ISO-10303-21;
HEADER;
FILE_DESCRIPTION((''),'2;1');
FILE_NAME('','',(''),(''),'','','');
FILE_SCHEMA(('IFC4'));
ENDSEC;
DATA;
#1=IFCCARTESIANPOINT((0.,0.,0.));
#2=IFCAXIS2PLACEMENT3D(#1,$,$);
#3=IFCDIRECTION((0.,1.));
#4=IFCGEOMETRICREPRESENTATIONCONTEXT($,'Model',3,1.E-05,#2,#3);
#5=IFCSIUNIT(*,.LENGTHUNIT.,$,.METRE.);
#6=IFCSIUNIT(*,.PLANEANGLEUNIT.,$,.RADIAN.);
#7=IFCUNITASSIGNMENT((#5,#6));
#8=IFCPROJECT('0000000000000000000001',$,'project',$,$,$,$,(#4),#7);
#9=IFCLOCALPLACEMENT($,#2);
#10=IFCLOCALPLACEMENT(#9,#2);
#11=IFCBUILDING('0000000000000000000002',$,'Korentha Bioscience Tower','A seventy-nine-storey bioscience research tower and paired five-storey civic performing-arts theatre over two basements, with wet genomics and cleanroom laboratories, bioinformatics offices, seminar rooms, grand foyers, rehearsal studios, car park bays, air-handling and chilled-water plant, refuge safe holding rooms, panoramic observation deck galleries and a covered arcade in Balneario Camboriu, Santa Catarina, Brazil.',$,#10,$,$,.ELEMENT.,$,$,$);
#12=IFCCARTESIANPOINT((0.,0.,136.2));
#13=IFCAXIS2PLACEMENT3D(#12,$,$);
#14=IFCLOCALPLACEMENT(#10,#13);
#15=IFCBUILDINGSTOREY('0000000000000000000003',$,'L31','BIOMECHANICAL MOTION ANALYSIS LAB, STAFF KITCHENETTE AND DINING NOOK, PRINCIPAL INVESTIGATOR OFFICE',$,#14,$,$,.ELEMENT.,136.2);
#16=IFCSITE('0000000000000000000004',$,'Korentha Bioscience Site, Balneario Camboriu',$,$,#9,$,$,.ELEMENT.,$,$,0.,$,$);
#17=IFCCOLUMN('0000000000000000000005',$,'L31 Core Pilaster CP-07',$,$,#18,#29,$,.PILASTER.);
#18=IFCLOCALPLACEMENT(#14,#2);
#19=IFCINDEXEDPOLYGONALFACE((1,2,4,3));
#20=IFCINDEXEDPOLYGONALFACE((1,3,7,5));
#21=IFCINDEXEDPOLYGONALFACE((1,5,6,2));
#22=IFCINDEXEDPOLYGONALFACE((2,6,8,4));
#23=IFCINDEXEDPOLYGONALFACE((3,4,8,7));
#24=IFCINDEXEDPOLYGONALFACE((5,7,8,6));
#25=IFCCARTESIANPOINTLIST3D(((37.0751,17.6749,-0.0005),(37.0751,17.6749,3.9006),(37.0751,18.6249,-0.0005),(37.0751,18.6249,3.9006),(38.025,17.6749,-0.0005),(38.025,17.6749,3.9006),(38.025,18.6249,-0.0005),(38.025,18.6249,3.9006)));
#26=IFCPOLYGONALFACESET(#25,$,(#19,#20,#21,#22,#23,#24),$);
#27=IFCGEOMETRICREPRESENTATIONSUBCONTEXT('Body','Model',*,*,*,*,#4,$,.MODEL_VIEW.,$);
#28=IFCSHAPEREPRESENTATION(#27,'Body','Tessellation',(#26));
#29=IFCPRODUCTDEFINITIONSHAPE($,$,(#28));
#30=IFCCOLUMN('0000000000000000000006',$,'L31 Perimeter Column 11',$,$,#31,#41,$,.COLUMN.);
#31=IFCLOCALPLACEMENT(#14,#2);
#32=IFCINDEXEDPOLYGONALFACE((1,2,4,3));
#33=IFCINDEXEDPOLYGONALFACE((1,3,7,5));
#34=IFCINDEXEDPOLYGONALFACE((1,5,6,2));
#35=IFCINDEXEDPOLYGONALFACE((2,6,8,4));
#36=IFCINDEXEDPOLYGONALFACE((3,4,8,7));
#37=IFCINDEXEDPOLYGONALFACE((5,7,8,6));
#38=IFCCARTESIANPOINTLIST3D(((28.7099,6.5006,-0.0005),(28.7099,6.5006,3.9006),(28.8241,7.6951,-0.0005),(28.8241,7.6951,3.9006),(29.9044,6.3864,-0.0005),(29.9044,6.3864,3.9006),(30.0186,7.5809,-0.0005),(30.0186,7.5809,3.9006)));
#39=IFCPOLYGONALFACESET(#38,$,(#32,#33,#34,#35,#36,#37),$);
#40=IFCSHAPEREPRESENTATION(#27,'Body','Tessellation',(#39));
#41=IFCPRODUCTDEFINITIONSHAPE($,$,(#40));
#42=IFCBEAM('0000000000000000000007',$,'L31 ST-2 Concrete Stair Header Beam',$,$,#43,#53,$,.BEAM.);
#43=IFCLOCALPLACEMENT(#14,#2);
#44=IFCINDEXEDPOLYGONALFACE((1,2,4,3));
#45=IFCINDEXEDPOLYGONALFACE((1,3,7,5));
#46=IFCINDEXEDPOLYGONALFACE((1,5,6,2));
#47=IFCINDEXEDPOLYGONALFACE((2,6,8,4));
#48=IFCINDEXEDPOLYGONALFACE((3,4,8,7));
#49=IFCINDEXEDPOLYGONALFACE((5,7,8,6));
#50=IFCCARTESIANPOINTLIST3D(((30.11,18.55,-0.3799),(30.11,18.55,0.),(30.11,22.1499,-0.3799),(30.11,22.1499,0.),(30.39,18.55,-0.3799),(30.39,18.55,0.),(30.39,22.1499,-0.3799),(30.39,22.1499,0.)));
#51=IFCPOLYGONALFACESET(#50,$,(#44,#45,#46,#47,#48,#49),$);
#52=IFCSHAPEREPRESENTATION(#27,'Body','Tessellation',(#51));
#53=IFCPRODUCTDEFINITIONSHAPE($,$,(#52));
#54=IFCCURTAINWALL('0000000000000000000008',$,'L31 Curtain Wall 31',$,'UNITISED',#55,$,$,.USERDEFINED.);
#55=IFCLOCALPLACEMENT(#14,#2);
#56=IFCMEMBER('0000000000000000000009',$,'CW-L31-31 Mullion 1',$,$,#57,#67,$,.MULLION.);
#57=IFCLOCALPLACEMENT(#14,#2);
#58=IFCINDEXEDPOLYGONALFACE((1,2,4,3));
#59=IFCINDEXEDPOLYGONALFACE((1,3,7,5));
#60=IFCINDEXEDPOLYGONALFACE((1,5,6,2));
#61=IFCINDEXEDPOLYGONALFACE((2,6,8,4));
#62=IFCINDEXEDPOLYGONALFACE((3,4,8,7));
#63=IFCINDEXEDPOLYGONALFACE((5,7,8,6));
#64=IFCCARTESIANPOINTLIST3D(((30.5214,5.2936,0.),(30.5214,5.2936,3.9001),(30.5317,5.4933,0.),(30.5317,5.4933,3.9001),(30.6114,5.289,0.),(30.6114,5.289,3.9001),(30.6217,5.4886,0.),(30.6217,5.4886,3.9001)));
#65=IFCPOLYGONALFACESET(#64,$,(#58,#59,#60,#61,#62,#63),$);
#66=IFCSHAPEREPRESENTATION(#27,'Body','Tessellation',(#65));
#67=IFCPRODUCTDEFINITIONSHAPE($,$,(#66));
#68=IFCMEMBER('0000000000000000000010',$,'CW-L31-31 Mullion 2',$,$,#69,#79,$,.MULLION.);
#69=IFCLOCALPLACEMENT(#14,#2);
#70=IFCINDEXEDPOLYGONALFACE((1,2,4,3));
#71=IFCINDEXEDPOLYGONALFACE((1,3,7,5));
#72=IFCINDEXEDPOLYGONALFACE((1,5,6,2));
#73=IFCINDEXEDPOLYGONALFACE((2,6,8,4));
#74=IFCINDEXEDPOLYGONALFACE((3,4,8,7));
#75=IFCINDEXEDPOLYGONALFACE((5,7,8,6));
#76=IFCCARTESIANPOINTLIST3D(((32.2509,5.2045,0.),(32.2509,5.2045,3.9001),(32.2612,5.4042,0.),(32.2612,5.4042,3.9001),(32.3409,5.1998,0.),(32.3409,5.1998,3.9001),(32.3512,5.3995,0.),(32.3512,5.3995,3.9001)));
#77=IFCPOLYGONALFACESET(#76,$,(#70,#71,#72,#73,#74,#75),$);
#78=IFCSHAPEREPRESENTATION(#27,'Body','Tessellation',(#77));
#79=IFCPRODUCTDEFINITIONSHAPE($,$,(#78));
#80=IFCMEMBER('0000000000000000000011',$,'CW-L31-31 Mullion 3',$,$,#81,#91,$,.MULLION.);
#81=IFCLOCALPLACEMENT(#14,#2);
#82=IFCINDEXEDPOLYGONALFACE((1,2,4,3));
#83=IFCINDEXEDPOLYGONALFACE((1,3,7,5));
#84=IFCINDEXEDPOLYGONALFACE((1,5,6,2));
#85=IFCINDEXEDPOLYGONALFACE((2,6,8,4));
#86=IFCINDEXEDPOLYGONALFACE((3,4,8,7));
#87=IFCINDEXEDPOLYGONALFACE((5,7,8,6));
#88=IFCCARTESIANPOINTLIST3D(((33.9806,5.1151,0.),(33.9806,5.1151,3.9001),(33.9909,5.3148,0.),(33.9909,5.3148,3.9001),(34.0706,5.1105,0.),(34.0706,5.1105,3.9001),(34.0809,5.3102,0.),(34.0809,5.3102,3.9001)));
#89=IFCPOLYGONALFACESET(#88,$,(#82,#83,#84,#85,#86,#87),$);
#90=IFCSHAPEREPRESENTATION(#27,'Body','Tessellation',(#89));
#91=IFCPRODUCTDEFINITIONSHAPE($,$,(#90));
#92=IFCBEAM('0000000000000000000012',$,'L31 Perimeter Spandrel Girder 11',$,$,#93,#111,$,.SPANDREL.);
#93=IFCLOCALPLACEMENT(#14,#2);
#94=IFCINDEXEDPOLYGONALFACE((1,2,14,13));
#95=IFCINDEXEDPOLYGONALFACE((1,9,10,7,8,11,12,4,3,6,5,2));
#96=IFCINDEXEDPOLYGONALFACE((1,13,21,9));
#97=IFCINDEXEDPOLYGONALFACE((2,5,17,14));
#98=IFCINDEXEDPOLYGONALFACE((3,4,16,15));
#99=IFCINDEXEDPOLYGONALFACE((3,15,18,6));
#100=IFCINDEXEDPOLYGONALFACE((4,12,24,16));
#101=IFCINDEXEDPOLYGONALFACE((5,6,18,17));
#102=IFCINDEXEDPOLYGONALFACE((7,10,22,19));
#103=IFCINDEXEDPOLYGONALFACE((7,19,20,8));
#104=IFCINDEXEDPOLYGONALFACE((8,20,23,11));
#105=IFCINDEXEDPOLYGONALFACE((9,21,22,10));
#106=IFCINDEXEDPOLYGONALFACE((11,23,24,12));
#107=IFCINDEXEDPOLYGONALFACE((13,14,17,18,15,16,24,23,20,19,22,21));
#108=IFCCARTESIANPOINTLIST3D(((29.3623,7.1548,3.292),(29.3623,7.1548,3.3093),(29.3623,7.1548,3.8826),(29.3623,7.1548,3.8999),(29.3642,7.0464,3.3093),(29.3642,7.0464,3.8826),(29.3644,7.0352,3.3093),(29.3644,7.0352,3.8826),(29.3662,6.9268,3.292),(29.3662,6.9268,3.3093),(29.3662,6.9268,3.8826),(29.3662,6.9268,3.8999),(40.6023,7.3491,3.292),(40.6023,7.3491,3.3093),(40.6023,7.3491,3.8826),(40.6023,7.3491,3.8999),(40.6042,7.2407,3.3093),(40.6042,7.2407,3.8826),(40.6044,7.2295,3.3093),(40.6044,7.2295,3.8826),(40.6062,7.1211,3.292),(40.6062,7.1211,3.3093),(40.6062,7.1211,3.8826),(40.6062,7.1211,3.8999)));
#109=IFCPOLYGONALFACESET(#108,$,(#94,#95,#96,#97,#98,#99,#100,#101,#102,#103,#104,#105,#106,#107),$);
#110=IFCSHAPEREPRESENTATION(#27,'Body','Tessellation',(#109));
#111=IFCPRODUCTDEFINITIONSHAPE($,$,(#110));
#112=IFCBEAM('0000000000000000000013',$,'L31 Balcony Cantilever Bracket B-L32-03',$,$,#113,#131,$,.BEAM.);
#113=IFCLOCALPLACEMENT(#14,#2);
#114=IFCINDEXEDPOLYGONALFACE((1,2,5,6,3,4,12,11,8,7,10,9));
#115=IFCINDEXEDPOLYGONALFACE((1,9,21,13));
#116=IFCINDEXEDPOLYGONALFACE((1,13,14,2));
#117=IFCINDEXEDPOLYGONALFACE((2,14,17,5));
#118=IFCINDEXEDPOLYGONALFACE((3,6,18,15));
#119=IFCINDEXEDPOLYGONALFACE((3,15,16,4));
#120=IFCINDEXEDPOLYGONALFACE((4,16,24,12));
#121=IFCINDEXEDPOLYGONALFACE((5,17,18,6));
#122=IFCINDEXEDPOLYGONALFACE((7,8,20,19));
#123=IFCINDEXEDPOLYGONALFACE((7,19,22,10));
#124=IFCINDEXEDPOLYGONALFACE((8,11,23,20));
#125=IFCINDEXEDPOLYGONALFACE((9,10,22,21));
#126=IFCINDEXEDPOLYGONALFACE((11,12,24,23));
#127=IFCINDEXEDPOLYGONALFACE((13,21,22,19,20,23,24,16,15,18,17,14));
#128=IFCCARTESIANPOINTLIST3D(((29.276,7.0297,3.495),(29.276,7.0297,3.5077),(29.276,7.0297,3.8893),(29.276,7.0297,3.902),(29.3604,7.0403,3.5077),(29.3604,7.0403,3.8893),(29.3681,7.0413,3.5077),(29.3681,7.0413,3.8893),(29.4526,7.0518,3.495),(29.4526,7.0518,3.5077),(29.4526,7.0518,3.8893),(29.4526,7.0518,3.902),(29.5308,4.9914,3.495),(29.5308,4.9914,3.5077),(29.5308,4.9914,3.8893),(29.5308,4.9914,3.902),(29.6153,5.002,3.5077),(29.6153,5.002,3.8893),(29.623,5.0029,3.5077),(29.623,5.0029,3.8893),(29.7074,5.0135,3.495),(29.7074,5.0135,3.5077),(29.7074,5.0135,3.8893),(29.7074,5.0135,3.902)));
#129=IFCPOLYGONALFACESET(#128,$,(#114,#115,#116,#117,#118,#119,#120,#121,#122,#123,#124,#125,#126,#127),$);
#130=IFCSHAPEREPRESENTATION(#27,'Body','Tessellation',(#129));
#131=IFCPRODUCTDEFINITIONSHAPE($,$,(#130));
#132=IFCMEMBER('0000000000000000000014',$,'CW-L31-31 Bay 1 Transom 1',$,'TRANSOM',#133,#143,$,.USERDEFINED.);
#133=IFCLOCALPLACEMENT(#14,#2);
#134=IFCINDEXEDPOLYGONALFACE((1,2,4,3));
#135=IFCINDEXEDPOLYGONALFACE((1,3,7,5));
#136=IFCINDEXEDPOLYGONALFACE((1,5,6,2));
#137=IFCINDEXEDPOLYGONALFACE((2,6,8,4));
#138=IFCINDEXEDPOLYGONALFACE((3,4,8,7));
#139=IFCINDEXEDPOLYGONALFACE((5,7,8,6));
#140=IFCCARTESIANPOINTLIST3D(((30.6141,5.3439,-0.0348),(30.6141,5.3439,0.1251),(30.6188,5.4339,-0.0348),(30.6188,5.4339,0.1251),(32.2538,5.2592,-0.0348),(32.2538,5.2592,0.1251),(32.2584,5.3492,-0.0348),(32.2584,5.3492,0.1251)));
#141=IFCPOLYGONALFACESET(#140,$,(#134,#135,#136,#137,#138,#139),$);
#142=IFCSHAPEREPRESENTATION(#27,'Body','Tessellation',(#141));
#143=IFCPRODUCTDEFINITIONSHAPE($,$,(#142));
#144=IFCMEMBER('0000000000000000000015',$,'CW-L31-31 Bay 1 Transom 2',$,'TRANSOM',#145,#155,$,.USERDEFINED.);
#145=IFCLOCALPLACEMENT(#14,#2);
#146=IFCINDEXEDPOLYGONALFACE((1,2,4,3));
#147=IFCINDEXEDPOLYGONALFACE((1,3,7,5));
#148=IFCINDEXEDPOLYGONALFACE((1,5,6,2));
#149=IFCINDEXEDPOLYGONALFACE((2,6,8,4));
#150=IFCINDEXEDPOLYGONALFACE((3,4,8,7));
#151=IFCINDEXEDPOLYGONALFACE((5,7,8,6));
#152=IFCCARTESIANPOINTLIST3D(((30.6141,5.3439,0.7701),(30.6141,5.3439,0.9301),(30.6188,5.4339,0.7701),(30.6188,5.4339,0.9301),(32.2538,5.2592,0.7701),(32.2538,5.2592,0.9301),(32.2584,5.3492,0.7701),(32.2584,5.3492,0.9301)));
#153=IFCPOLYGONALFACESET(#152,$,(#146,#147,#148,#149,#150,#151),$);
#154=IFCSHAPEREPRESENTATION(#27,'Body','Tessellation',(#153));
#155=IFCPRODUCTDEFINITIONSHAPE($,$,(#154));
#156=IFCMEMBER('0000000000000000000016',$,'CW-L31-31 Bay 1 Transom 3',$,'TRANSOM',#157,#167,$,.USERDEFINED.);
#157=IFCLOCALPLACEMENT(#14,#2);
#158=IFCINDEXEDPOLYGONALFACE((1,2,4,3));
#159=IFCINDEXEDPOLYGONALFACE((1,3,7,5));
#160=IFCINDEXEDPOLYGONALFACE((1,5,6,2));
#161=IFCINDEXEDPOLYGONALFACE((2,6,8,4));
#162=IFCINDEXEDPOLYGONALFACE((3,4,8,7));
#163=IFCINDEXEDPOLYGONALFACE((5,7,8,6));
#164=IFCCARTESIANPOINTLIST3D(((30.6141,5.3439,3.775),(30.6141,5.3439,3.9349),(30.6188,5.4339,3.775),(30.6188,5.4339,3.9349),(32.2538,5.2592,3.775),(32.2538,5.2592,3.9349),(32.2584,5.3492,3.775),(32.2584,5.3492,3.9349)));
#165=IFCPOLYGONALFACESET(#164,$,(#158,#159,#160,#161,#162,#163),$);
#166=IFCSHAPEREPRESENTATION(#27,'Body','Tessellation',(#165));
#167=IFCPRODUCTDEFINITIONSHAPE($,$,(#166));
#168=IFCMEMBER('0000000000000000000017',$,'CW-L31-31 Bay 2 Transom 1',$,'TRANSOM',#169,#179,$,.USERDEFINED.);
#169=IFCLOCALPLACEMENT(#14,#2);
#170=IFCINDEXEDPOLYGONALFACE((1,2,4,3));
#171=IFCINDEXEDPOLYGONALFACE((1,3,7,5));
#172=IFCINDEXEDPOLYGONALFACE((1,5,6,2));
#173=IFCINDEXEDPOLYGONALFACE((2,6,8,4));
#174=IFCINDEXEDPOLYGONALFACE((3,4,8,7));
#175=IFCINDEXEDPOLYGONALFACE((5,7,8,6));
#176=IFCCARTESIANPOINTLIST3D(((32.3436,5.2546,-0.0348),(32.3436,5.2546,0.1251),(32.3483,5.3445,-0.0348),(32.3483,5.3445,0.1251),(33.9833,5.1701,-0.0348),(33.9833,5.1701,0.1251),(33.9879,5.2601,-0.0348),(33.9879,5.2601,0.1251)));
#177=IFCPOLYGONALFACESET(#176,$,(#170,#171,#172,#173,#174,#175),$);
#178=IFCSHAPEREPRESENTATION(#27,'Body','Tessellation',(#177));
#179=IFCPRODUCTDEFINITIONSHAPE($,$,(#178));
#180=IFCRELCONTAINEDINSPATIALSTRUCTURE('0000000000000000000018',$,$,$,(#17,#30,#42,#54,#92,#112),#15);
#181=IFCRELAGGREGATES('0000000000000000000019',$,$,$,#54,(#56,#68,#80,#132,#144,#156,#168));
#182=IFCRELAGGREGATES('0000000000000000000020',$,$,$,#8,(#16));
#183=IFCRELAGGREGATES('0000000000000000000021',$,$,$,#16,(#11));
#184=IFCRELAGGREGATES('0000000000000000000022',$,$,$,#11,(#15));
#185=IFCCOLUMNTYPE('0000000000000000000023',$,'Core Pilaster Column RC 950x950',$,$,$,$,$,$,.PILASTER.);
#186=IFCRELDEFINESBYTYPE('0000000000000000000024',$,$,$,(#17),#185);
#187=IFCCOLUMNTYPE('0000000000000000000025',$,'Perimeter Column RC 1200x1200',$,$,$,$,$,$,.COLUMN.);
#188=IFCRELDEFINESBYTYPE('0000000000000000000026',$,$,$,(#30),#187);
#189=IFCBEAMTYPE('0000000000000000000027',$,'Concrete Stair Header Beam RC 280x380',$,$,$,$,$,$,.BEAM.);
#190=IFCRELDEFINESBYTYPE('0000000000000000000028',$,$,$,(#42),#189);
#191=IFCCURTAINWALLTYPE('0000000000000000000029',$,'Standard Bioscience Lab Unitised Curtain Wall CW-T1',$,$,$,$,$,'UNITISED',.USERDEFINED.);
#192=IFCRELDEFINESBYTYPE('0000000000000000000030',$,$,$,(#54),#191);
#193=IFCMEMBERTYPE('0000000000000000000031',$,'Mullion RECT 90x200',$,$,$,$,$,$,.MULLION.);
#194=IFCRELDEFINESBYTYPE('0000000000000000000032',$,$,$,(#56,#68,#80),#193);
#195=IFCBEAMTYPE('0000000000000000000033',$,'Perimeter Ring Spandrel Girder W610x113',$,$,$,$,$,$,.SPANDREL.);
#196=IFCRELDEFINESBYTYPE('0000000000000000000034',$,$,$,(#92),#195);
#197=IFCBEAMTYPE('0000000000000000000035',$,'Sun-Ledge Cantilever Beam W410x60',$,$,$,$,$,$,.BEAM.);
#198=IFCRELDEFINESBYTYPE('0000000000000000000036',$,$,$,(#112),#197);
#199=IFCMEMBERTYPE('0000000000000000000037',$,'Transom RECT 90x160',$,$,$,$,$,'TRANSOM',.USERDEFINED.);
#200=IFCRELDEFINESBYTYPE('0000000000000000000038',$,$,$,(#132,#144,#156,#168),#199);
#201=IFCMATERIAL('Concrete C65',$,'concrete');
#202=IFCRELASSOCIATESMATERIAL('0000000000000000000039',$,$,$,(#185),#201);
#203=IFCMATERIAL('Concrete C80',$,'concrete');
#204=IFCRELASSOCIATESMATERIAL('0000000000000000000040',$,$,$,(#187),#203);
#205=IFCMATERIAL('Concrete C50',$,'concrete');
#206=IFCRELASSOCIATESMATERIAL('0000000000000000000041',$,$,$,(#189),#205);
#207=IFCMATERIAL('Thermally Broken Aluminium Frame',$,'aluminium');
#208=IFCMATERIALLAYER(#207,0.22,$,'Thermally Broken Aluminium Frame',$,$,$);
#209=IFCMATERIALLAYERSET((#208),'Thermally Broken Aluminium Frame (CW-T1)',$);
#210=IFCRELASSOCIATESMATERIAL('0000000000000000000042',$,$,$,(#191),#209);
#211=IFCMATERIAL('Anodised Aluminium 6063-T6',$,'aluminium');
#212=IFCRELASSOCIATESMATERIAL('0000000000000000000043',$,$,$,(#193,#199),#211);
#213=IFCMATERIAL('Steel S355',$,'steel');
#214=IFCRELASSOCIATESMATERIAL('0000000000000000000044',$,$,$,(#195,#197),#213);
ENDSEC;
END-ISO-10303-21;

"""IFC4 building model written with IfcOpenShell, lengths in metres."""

from ifc_helpers import new_model, si_unit, direction, frame, origin, origin_2d, place, context, subcontext, project, spatial, rectangle, i_section, extrude, material, layer, layer_set, material_profile, profile_set, type_object, element, aggregate, save


model = new_model("IFC4")

# Units and contexts
model_context = context("Model", 3, precision=1e-05, world=origin(), true_north=direction((0.0, 1.0)))
body_context = subcontext(model_context, "Body", "Model", "MODEL_VIEW")
ifc_project = project(units=[si_unit("LENGTHUNIT", "METRE"), si_unit("PLANEANGLEUNIT", "RADIAN")], contexts=[model_context])

# Site, building, storey
site_placement = place(None, origin())
site = spatial("IfcSite", under=ifc_project, at=site_placement, Name="Korentha Bioscience Site, Balneario Camboriu", CompositionType="ELEMENT", RefElevation=0.0)
building_placement = place(site_placement, origin())
building = spatial("IfcBuilding", under=site, at=building_placement, Name="Korentha Bioscience Tower", Description="A seventy-nine-storey bioscience research tower and paired five-storey civic performing-arts theatre over two basements, with wet genomics and cleanroom laboratories, bioinformatics offices, seminar rooms, grand foyers, rehearsal studios, car park bays, air-handling and chilled-water plant, refuge safe holding rooms, panoramic observation deck galleries and a covered arcade in Balneario Camboriu, Santa Catarina, Brazil.", CompositionType="ELEMENT")
storey_placement = place(building_placement, frame((0.0, 0.0, 136.2)))
storey = spatial("IfcBuildingStorey", under=building, at=storey_placement, Name="L31", Description="BIOMECHANICAL MOTION ANALYSIS LAB, STAFF KITCHENETTE AND DINING NOOK, PRINCIPAL INVESTIGATOR OFFICE", CompositionType="ELEMENT", Elevation=136.2)

# Columns
ifc_material_1 = material(Name="Concrete C65", Category="concrete")
ifc_material_profile_1 = material_profile(ifc_material_1, rectangle(XDim=0.95, YDim=0.95, at=origin_2d()), Name="Concrete C65")
ifc_profile_set_1 = profile_set([ifc_material_profile_1], Name="Concrete C65 (COL-CP09)")
column_type_1 = type_object("IfcColumnType", Name="Core Pilaster Column RC 950x950", PredefinedType="PILASTER", material=ifc_profile_set_1)
column_1_placement = place(storey_placement, frame((37.55, 18.1499, -0.0005), z_axis=(0.0, 0.0, 1.0), x_axis=(1.0, 0.0, 0.0)))
element("IfcColumn", 1, at=column_1_placement, inside=storey, type_object=column_type_1, Name="L31 Core Pilaster CP-07", PredefinedType="PILASTER", context=body_context, shape_type="SweptSolid", body=[
    extrude(rectangle(XDim=0.95, YDim=0.95, at=origin_2d()), origin(), (0.0, 0.0, 1.0), 3.9011),
])
ifc_material_2 = material(Name="Concrete C80", Category="concrete")
ifc_material_profile_2 = material_profile(ifc_material_2, rectangle(XDim=1.2, YDim=1.2, at=origin_2d()), Name="Concrete C80")
ifc_profile_set_2 = profile_set([ifc_material_profile_2], Name="Concrete C80 (COL-P12)")
column_type_2 = type_object("IfcColumnType", Name="Perimeter Column RC 1200x1200", PredefinedType="COLUMN", material=ifc_profile_set_2)
column_2_placement = place(storey_placement, frame((29.3643, 7.0408, -0.0005), z_axis=(0.0, 0.0, 1.0), x_axis=(-0.995463, 0.095151, 0.0)))
element("IfcColumn", 2, at=column_2_placement, inside=storey, type_object=column_type_2, Name="L31 Perimeter Column 11", PredefinedType="COLUMN", context=body_context, shape_type="SweptSolid", body=[
    extrude(rectangle(XDim=1.2, YDim=1.2, at=origin_2d()), origin(), (0.0, 0.0, 1.0), 3.9011),
])

# Beam
ifc_material_3 = material(Name="Concrete C50", Category="concrete")
ifc_material_profile_3 = material_profile(ifc_material_3, rectangle(XDim=0.28, YDim=0.3799, at=origin_2d()), Name="Concrete C50")
ifc_profile_set_3 = profile_set([ifc_material_profile_3], Name="Concrete C50 (ST-HB380)")
beam_type_1 = type_object("IfcBeamType", Name="Concrete Stair Header Beam RC 280x380", PredefinedType="BEAM", material=ifc_profile_set_3)
beam_1_placement = place(storey_placement, frame((30.25, 18.55, -0.1899), z_axis=(0.0, 1.0, 0.0), x_axis=(-1.0, 0.0, 0.0)))
element("IfcBeam", 3, at=beam_1_placement, inside=storey, type_object=beam_type_1, Name="L31 ST-2 Concrete Stair Header Beam", PredefinedType="BEAM", context=body_context, shape_type="SweptSolid", body=[
    extrude(rectangle(XDim=0.28, YDim=0.3799, at=origin_2d()), origin(), (0.0, 0.0, 1.0), 3.5999),
])

# Curtain wall, members
ifc_material_4 = material(Name="Thermally Broken Aluminium Frame", Category="aluminium")
ifc_layer_1 = layer(ifc_material_4, 0.22, Name="Thermally Broken Aluminium Frame")
ifc_layer_set_1 = layer_set([ifc_layer_1], Name="Thermally Broken Aluminium Frame (CW-T1)")
curtain_wall_type = type_object("IfcCurtainWallType", Name="Standard Bioscience Lab Unitised Curtain Wall CW-T1", ElementType="UNITISED", PredefinedType="USERDEFINED", material=ifc_layer_set_1)
curtain_wall_placement = place(storey_placement, origin())
curtain_wall = element("IfcCurtainWall", 4, at=curtain_wall_placement, inside=storey, type_object=curtain_wall_type, Name="L31 Curtain Wall 31", ObjectType="UNITISED", PredefinedType="USERDEFINED")
ifc_material_5 = material(Name="Anodised Aluminium 6063-T6", Category="aluminium")
ifc_material_profile_4 = material_profile(ifc_material_5, rectangle(XDim=0.0901, YDim=0.2, at=origin_2d()), Name="Anodised Aluminium 6063-T6")
ifc_profile_set_4 = profile_set([ifc_material_profile_4], Name="Anodised Aluminium 6063-T6 (CW-MUL)")
member_type_1 = type_object("IfcMemberType", Name="Mullion RECT 90x200", PredefinedType="MULLION", material=ifc_profile_set_4)
member_1_placement = place(storey_placement, frame((30.5715, 5.3911, 0.0), z_axis=(0.0, 0.0, 1.0), x_axis=(0.998673, -0.051495, 0.0)))
member_1 = element("IfcMember", 5, at=member_1_placement, type_object=member_type_1, Name="CW-L31-31 Mullion 1", PredefinedType="MULLION", context=body_context, shape_type="SweptSolid", body=[
    extrude(rectangle(XDim=0.0901, YDim=0.2, at=origin_2d()), origin(), (0.0, 0.0, 1.0), 3.9001),
])
member_2_placement = place(storey_placement, frame((32.301, 5.302, 0.0), z_axis=(0.0, 0.0, 1.0), x_axis=(0.998673, -0.051495, 0.0)))
member_2 = element("IfcMember", 6, at=member_2_placement, type_object=member_type_1, Name="CW-L31-31 Mullion 2", PredefinedType="MULLION", context=body_context, shape_type="SweptSolid", body=[
    extrude(rectangle(XDim=0.0901, YDim=0.2, at=origin_2d()), origin(), (0.0, 0.0, 1.0), 3.9001),
])
member_3_placement = place(storey_placement, frame((34.0308, 5.2126, 0.0), z_axis=(0.0, 0.0, 1.0), x_axis=(0.998673, -0.051495, 0.0)))
member_3 = element("IfcMember", 7, at=member_3_placement, type_object=member_type_1, Name="CW-L31-31 Mullion 3", PredefinedType="MULLION", context=body_context, shape_type="SweptSolid", body=[
    extrude(rectangle(XDim=0.0901, YDim=0.2, at=origin_2d()), origin(), (0.0, 0.0, 1.0), 3.9001),
])

# Beams
ifc_material_6 = material(Name="Steel S355", Category="steel")
ifc_material_profile_5 = material_profile(ifc_material_6, i_section(OverallWidth=0.228, OverallDepth=0.6079, WebThickness=0.0112, FlangeThickness=0.0173, at=origin_2d()), Name="Steel S355")
ifc_profile_set_5 = profile_set([ifc_material_profile_5], Name="Steel S355 (SB-610)")
beam_type_2 = type_object("IfcBeamType", Name="Perimeter Ring Spandrel Girder W610x113", PredefinedType="SPANDREL", material=ifc_profile_set_5)
beam_2_placement = place(storey_placement, frame((29.3643, 7.0408, 3.5959), z_axis=(0.999851, 0.017287, 0.0), x_axis=(-0.017287, 0.999851, 0.0)))
element("IfcBeam", 8, at=beam_2_placement, inside=storey, type_object=beam_type_2, Name="L31 Perimeter Spandrel Girder 11", PredefinedType="SPANDREL", context=body_context, shape_type="SweptSolid", body=[
    extrude(i_section(OverallWidth=0.228, OverallDepth=0.6079, WebThickness=0.0112, FlangeThickness=0.0173, at=origin_2d()), origin(), (0.0, 0.0, 1.0), 11.2417),
])
ifc_material_profile_6 = material_profile(ifc_material_6, i_section(OverallWidth=0.178, OverallDepth=0.407, WebThickness=0.0078, FlangeThickness=0.0127, at=origin_2d()), Name="Steel S355")
ifc_profile_set_6 = profile_set([ifc_material_profile_6], Name="Steel S355 (CB-410)")
beam_type_3 = type_object("IfcBeamType", Name="Sun-Ledge Cantilever Beam W410x60", PredefinedType="BEAM", material=ifc_profile_set_6)
beam_3_placement = place(storey_placement, frame((29.3643, 7.0408, 3.6985), z_axis=(0.124079, -0.992272, 0.0), x_axis=(0.992272, 0.124079, 0.0)))
element("IfcBeam", 9, at=beam_3_placement, inside=storey, type_object=beam_type_3, Name="L31 Balcony Cantilever Bracket B-L32-03", PredefinedType="BEAM", context=body_context, shape_type="SweptSolid", body=[
    extrude(i_section(OverallWidth=0.178, OverallDepth=0.407, WebThickness=0.0078, FlangeThickness=0.0127, at=origin_2d()), origin(), (0.0, 0.0, 1.0), 2.0542),
])

# Members
ifc_material_profile_7 = material_profile(ifc_material_5, rectangle(XDim=0.0901, YDim=0.1599, at=origin_2d()), Name="Anodised Aluminium 6063-T6")
ifc_profile_set_7 = profile_set([ifc_material_profile_7], Name="Anodised Aluminium 6063-T6 (CW-TRN)")
member_type_2 = type_object("IfcMemberType", Name="Transom RECT 90x160", ElementType="TRANSOM", PredefinedType="USERDEFINED", material=ifc_profile_set_7)
member_4_placement = place(storey_placement, frame((30.6165, 5.3889, 0.0452), z_axis=(0.998668, -0.051599, 0.0), x_axis=(0.051599, 0.998668, 0.0)))
member_4 = element("IfcMember", 10, at=member_4_placement, type_object=member_type_2, Name="CW-L31-31 Bay 1 Transom 1", ObjectType="TRANSOM", PredefinedType="USERDEFINED", context=body_context, shape_type="SweptSolid", body=[
    extrude(rectangle(XDim=0.0901, YDim=0.1599, at=origin_2d()), origin(), (0.0, 0.0, 1.0), 1.6418),
])
member_5_placement = place(storey_placement, frame((30.6165, 5.3889, 0.8501), z_axis=(0.998668, -0.051599, 0.0), x_axis=(0.051599, 0.998668, 0.0)))
member_5 = element("IfcMember", 11, at=member_5_placement, type_object=member_type_2, Name="CW-L31-31 Bay 1 Transom 2", ObjectType="TRANSOM", PredefinedType="USERDEFINED", context=body_context, shape_type="SweptSolid", body=[
    extrude(rectangle(XDim=0.0901, YDim=0.1599, at=origin_2d()), origin(), (0.0, 0.0, 1.0), 1.6418),
])
member_6_placement = place(storey_placement, frame((30.6165, 5.3889, 3.855), z_axis=(0.998668, -0.051599, 0.0), x_axis=(0.051599, 0.998668, 0.0)))
member_6 = element("IfcMember", 12, at=member_6_placement, type_object=member_type_2, Name="CW-L31-31 Bay 1 Transom 3", ObjectType="TRANSOM", PredefinedType="USERDEFINED", context=body_context, shape_type="SweptSolid", body=[
    extrude(rectangle(XDim=0.0901, YDim=0.1599, at=origin_2d()), origin(), (0.0, 0.0, 1.0), 1.6418),
])
member_7_placement = place(storey_placement, frame((32.3459, 5.2996, 0.0452), z_axis=(0.998676, -0.051451, 0.0), x_axis=(0.051451, 0.998676, 0.0)))
member_7 = element("IfcMember", 13, at=member_7_placement, type_object=member_type_2, Name="CW-L31-31 Bay 2 Transom 1", ObjectType="TRANSOM", PredefinedType="USERDEFINED", context=body_context, shape_type="SweptSolid", body=[
    extrude(rectangle(XDim=0.0901, YDim=0.1599, at=origin_2d()), origin(), (0.0, 0.0, 1.0), 1.6418),
])

aggregate(curtain_wall, [member_1, member_2, member_3, member_4, member_5, member_6, member_7])

save(model, "model.ifc")
